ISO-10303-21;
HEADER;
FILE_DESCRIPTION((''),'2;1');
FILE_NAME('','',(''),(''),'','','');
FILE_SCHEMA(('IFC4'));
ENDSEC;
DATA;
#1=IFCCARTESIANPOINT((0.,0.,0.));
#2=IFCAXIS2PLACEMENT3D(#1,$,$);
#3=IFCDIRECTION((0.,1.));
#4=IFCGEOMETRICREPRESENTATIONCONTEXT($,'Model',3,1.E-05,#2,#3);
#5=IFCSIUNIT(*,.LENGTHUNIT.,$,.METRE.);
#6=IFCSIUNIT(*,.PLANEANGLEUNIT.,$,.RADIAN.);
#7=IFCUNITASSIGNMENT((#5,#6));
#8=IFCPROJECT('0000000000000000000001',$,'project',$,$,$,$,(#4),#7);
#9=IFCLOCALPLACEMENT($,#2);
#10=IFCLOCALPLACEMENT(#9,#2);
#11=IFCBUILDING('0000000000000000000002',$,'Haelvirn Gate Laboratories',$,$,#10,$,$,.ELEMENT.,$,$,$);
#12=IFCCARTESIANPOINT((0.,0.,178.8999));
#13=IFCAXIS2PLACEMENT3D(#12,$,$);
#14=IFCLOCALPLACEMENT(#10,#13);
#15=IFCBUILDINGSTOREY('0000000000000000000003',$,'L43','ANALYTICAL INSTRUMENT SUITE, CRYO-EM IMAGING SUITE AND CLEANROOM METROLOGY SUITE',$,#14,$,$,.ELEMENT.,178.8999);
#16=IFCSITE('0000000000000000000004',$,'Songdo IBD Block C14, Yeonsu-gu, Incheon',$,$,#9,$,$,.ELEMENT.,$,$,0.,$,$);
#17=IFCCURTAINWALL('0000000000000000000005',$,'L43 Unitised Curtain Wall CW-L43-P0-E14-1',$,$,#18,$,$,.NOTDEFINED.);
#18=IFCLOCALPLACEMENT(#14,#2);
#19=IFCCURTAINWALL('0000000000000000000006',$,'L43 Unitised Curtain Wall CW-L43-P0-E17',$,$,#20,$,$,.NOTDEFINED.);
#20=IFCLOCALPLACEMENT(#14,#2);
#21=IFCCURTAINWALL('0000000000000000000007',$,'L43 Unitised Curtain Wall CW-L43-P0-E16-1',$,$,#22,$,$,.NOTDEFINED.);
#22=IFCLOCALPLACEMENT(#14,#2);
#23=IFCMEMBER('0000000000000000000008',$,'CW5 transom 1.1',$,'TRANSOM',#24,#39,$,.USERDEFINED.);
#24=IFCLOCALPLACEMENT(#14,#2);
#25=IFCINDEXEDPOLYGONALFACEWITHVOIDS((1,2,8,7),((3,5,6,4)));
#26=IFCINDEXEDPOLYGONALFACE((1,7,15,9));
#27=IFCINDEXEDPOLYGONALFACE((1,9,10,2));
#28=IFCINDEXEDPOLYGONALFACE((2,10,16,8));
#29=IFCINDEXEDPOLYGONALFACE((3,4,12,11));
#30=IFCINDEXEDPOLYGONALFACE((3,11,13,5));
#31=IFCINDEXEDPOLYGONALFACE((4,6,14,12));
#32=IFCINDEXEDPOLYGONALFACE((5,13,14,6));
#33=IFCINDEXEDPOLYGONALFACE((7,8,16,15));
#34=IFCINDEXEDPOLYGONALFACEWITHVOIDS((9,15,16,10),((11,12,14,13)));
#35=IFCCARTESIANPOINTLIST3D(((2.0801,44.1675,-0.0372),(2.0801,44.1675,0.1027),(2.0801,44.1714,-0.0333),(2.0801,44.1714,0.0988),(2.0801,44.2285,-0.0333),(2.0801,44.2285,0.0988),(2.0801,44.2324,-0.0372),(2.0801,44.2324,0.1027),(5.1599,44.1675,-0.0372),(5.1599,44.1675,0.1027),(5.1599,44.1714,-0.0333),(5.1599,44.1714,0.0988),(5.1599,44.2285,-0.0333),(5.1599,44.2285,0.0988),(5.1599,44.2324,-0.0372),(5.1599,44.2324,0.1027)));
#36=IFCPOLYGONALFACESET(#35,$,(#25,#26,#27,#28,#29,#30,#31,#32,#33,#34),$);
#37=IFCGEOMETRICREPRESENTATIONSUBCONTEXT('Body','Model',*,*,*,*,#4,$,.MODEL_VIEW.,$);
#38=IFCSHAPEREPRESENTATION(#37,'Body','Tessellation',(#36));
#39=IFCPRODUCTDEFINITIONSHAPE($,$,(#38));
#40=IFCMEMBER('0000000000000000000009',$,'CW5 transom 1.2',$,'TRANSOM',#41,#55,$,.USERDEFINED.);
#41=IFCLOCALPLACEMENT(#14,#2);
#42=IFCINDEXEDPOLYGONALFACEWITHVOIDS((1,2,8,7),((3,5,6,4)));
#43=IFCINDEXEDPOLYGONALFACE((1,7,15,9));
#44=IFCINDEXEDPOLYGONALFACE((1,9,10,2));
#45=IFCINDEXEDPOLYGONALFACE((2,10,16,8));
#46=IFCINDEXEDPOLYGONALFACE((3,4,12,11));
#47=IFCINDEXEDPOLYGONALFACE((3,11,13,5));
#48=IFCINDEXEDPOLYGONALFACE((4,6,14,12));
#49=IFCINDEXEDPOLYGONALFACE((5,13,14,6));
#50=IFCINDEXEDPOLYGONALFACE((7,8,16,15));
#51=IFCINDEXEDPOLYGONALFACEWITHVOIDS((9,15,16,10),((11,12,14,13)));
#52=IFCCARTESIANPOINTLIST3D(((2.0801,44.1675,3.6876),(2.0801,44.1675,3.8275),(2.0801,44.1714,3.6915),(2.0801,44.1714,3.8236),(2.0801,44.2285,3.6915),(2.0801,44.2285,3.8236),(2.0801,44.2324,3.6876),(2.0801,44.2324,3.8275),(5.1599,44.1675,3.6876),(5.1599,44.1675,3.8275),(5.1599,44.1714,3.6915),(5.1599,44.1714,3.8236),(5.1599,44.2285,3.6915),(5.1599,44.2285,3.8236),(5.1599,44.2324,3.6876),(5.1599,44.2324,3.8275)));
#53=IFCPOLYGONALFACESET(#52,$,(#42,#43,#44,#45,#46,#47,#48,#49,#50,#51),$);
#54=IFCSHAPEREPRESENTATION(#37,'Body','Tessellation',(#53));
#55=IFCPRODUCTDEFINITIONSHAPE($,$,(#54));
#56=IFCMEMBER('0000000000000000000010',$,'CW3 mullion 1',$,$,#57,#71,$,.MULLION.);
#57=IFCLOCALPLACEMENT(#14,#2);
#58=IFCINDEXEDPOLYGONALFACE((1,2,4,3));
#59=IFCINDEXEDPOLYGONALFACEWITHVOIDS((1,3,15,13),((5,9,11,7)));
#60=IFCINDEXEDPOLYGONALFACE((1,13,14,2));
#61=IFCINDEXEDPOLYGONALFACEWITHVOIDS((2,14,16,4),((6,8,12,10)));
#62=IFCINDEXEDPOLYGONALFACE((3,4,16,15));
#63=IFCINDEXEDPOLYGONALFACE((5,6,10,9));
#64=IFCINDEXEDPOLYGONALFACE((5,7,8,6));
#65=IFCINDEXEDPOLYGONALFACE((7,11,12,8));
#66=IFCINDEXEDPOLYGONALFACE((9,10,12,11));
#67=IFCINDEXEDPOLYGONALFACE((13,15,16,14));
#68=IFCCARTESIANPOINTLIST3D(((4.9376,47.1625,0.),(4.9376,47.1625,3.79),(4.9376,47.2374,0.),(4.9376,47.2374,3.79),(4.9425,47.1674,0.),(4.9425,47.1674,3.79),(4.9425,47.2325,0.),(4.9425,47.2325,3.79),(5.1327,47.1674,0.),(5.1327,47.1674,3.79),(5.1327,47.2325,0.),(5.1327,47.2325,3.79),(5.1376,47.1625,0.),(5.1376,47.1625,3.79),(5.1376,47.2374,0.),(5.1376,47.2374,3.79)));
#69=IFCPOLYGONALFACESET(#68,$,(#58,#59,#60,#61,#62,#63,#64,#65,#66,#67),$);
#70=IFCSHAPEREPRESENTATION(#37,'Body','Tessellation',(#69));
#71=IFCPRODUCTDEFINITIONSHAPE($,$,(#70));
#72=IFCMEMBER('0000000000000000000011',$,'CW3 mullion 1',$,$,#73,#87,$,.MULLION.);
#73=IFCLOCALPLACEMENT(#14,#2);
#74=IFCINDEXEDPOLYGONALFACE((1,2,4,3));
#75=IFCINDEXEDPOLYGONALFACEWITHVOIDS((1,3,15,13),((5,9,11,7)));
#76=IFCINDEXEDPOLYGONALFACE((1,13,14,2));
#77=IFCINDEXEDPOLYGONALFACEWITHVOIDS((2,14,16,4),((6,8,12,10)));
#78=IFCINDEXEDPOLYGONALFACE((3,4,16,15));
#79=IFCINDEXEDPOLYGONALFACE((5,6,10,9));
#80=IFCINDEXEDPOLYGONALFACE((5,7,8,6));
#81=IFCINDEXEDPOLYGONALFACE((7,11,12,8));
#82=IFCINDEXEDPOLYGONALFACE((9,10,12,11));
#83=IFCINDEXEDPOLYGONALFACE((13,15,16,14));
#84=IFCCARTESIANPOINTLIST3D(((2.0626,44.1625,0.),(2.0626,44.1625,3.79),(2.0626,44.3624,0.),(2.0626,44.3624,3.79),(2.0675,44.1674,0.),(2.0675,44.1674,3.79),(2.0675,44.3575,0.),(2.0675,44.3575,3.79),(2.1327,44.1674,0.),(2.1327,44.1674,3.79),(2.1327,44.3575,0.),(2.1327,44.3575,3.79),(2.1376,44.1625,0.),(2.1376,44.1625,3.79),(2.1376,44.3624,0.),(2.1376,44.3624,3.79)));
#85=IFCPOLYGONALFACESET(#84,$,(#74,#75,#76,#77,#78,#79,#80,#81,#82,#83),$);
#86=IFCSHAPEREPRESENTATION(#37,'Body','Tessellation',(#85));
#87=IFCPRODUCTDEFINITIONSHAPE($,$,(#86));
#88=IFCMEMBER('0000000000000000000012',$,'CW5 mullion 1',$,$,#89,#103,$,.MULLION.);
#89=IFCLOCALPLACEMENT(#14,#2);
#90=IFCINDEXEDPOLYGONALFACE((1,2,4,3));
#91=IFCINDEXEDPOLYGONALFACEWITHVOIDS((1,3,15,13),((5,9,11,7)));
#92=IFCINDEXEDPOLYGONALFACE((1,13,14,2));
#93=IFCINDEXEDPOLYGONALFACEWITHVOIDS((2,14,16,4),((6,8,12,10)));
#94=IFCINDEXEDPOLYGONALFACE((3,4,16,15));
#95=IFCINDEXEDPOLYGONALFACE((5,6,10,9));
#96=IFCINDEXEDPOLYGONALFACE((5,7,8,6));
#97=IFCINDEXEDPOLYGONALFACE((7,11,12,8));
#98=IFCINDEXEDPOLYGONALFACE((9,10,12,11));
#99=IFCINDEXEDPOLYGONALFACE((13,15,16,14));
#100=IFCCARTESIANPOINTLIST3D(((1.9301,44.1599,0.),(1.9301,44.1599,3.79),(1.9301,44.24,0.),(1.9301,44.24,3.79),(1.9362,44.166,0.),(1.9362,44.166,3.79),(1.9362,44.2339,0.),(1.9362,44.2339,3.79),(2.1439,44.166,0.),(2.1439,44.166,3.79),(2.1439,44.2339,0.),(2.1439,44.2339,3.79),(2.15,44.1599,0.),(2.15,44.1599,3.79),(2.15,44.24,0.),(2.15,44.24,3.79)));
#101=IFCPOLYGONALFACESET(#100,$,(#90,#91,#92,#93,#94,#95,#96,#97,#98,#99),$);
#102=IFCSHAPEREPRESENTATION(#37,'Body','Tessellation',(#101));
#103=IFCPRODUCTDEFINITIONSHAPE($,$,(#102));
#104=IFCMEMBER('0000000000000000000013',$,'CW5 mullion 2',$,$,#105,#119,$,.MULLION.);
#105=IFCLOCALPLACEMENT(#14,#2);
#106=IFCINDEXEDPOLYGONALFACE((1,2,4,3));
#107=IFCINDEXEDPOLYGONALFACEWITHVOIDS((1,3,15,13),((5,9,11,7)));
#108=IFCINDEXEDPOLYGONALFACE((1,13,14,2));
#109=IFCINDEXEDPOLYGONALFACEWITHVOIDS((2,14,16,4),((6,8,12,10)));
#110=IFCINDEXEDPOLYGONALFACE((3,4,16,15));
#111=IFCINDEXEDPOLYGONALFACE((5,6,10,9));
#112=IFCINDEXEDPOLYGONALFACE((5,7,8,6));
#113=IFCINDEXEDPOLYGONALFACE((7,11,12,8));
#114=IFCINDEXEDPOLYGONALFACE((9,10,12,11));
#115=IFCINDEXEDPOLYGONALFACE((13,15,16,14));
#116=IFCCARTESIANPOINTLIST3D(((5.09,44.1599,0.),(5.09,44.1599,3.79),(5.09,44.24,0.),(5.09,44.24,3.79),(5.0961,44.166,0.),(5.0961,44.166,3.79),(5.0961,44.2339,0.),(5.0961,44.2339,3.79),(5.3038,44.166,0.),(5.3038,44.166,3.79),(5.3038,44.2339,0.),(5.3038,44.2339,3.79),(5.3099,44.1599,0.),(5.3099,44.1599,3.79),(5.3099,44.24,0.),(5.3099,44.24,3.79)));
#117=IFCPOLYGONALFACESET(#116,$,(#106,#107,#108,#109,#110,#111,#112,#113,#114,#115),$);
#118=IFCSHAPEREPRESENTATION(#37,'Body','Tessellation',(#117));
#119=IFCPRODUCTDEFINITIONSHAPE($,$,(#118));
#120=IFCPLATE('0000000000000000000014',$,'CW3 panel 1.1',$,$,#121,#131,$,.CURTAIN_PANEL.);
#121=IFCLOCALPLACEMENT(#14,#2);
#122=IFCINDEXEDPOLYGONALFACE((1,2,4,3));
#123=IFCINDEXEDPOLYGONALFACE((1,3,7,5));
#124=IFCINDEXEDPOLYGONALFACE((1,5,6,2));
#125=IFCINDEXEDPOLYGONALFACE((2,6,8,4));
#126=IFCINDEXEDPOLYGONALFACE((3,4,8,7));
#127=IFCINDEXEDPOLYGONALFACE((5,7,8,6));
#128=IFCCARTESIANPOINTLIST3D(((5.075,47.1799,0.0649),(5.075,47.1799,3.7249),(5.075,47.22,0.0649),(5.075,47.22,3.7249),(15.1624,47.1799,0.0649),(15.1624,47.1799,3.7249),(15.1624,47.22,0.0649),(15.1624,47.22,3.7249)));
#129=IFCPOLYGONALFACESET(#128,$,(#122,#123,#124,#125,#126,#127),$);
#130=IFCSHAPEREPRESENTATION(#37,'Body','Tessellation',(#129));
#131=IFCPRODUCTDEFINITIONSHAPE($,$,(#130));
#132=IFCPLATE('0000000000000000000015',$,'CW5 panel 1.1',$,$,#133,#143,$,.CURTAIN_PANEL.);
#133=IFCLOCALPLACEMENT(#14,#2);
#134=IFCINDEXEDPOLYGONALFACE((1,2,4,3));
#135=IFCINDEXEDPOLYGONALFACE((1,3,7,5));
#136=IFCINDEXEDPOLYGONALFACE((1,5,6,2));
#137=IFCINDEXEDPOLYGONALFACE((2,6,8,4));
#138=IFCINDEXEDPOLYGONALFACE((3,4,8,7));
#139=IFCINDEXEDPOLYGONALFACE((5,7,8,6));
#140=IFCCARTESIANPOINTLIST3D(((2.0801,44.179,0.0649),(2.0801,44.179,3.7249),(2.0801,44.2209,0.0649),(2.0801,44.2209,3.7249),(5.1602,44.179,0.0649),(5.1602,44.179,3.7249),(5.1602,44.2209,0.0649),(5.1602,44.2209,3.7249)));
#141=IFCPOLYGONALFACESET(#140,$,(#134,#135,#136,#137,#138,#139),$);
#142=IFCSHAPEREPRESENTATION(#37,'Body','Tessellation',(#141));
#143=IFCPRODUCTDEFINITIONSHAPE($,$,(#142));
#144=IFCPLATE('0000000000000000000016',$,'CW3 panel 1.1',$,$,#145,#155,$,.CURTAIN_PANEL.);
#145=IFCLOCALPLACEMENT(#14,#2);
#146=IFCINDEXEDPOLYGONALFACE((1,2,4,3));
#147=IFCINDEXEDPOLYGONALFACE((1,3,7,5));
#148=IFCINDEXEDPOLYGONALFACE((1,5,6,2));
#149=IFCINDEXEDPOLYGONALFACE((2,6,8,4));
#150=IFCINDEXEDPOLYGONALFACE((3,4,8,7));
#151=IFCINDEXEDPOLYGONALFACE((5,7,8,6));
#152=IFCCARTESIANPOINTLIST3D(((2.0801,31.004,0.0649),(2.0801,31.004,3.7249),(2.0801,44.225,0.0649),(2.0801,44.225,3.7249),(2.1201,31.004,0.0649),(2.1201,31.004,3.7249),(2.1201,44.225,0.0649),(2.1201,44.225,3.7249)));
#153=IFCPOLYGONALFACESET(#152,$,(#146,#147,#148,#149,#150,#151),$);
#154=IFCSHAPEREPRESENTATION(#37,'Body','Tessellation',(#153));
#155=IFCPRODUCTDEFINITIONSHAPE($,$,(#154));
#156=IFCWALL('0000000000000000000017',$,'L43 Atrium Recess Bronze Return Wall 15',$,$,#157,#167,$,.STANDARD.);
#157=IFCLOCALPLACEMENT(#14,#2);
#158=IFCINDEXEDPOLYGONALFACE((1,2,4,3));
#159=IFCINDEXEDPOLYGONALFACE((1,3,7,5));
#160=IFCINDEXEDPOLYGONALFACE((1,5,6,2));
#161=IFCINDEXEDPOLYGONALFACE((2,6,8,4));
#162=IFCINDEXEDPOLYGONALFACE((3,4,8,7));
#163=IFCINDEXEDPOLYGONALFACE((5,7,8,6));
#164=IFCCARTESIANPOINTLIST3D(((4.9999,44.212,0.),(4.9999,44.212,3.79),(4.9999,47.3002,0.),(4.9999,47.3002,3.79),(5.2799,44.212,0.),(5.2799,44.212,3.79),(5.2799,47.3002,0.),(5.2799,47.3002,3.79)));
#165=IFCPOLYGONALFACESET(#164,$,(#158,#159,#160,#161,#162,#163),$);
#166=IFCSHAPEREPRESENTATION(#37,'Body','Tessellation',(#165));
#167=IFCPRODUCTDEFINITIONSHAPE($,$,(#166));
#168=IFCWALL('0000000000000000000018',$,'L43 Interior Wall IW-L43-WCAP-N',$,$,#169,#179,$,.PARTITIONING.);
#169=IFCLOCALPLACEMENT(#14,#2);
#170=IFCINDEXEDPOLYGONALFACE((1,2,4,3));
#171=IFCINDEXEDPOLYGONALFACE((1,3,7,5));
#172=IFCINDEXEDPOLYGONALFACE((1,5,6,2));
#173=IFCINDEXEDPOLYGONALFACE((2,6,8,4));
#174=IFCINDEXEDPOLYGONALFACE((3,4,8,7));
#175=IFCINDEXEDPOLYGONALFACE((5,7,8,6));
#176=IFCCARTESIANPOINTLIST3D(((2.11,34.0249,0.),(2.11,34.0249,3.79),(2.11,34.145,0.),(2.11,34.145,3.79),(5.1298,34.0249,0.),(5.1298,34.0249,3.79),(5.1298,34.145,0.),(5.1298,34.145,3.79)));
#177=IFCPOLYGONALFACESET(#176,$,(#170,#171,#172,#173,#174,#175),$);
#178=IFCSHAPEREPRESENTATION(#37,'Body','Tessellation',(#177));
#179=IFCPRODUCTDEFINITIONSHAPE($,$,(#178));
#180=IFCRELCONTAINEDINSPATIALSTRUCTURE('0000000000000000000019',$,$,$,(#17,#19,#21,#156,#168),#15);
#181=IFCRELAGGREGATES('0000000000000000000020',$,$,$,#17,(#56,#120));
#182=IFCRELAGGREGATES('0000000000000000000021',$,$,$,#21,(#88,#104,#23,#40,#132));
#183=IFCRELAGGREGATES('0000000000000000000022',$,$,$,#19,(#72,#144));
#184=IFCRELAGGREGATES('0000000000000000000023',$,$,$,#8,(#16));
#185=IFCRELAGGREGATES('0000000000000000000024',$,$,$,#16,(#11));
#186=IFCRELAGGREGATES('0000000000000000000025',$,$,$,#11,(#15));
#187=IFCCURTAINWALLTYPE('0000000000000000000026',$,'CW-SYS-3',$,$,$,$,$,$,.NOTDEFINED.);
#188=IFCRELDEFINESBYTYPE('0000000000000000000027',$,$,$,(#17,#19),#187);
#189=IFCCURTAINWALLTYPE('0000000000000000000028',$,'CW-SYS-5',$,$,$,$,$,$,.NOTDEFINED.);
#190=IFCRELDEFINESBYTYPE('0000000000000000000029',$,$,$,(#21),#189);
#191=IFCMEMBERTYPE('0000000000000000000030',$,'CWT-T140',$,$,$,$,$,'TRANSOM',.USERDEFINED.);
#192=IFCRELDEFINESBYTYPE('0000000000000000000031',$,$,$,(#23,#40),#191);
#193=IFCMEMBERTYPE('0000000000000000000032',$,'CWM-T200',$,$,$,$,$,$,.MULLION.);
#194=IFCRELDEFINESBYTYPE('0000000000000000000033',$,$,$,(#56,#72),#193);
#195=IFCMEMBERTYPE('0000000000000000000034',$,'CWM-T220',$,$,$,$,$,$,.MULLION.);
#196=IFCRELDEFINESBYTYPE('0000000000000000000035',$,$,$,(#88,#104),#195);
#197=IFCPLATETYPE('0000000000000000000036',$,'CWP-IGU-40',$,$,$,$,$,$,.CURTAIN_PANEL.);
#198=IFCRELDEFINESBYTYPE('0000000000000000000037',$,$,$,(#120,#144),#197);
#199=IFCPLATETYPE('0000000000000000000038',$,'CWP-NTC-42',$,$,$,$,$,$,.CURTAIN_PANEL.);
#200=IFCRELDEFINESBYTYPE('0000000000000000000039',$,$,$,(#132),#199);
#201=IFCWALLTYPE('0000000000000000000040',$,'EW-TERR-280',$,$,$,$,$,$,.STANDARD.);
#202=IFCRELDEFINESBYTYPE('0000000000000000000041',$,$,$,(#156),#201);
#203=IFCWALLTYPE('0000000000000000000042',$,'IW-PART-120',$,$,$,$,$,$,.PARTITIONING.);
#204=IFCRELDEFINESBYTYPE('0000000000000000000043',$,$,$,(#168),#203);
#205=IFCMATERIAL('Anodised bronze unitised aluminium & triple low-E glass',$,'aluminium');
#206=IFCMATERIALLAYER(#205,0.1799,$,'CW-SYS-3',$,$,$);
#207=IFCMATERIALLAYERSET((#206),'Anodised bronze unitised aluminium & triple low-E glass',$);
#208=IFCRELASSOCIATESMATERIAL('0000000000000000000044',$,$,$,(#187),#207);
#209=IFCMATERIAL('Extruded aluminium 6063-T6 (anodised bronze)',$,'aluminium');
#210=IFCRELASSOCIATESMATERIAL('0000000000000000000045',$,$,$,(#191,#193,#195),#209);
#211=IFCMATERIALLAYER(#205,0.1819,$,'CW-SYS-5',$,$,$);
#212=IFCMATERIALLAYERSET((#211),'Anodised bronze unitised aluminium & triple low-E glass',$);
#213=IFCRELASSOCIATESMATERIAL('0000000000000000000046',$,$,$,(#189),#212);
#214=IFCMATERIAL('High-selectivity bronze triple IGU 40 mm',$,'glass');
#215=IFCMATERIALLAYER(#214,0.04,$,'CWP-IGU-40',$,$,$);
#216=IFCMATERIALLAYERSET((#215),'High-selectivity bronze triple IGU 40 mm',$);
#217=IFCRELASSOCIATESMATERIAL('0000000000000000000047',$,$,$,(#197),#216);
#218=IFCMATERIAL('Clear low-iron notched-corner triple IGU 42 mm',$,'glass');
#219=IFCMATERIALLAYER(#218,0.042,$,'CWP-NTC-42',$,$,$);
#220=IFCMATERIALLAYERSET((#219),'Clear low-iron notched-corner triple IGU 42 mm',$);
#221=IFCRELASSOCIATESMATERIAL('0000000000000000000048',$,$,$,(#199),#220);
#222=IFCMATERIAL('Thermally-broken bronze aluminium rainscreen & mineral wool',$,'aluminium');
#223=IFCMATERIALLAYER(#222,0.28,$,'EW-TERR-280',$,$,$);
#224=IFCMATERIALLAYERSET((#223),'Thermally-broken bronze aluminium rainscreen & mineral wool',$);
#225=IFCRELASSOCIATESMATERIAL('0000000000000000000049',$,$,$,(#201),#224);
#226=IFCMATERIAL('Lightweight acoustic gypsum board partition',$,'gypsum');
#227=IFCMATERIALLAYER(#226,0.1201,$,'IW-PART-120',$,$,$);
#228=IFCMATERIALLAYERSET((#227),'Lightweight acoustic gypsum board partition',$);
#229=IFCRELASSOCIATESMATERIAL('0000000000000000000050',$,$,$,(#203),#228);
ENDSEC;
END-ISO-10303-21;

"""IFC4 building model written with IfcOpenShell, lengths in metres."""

from ifc_helpers import new_model, si_unit, direction, frame, frame_2d, origin, origin_2d, place, context, subcontext, project, spatial, rectangle, hollow_rectangle, extrude, source, transform, mapped, material, layer, layer_set, material_profile, profile_set, type_object, type_shapes, element, aggregate, save


model = new_model("IFC4")

# Units and contexts
model_context = context("Model", 3, precision=1e-05, world=origin(), true_north=direction((0.0, 1.0)))
body_context = subcontext(model_context, "Body", "Model", "MODEL_VIEW")
ifc_project = project(units=[si_unit("LENGTHUNIT", "METRE"), si_unit("PLANEANGLEUNIT", "RADIAN")], contexts=[model_context])

# Site, building, storey
site_placement = place(None, origin())
site = spatial("IfcSite", under=ifc_project, at=site_placement, Name="Songdo IBD Block C14, Yeonsu-gu, Incheon", CompositionType="ELEMENT", RefElevation=0.0)
building_placement = place(site_placement, origin())
building = spatial("IfcBuilding", under=site, at=building_placement, Name="Haelvirn Gate Laboratories", CompositionType="ELEMENT")
storey_placement = place(building_placement, frame((0.0, 0.0, 178.8999)))
storey = spatial("IfcBuildingStorey", under=building, at=storey_placement, Name="L43", Description="ANALYTICAL INSTRUMENT SUITE, CRYO-EM IMAGING SUITE AND CLEANROOM METROLOGY SUITE", CompositionType="ELEMENT", Elevation=178.8999)

# Curtain walls, members
ifc_material_1 = material(Name="Anodised bronze unitised aluminium & triple low-E glass", Category="aluminium")
ifc_layer_1 = layer(ifc_material_1, 0.1799, Name="CW-SYS-3")
ifc_layer_set_1 = layer_set([ifc_layer_1], Name="Anodised bronze unitised aluminium & triple low-E glass")
curtain_wall_type_1 = type_object("IfcCurtainWallType", Name="CW-SYS-3", PredefinedType="NOTDEFINED", material=ifc_layer_set_1)
curtain_wall_1_placement = place(storey_placement, origin())
curtain_wall_1 = element("IfcCurtainWall", 1, at=curtain_wall_1_placement, inside=storey, type_object=curtain_wall_type_1, Name="L43 Unitised Curtain Wall CW-L43-P0-E14-1", PredefinedType="NOTDEFINED")
ifc_material_2 = material(Name="Extruded aluminium 6063-T6 (anodised bronze)", Category="aluminium")
ifc_material_profile_1 = material_profile(ifc_material_2, hollow_rectangle(XDim=0.0649, YDim=0.1399, WallThickness=0.0039, at=origin_2d()), Name="CWT-140x65x4")
ifc_profile_set_1 = profile_set([ifc_material_profile_1], Name="Extruded aluminium 6063-T6 (anodised bronze)")
member_type_1 = type_object("IfcMemberType", Name="CWT-T140", ElementType="TRANSOM", PredefinedType="USERDEFINED", material=ifc_profile_set_1)
curtain_wall_2_placement = place(storey_placement, origin())
curtain_wall_2 = element("IfcCurtainWall", 2, at=curtain_wall_2_placement, inside=storey, type_object=curtain_wall_type_1, Name="L43 Unitised Curtain Wall CW-L43-P0-E17", PredefinedType="NOTDEFINED")
ifc_layer_2 = layer(ifc_material_1, 0.1819, Name="CW-SYS-5")
ifc_layer_set_2 = layer_set([ifc_layer_2], Name="Anodised bronze unitised aluminium & triple low-E glass")
curtain_wall_type_2 = type_object("IfcCurtainWallType", Name="CW-SYS-5", PredefinedType="NOTDEFINED", material=ifc_layer_set_2)
curtain_wall_3_placement = place(storey_placement, origin())
curtain_wall_3 = element("IfcCurtainWall", 3, at=curtain_wall_3_placement, inside=storey, type_object=curtain_wall_type_2, Name="L43 Unitised Curtain Wall CW-L43-P0-E16-1", PredefinedType="NOTDEFINED")
shared_shape_1 = source(origin(), body_context, "Body", "SweptSolid", [
    extrude(hollow_rectangle(XDim=0.0649, YDim=0.1399, WallThickness=0.0039, at=origin_2d()), origin(), (0.0, 0.0, 1.0), 3.0798),
])
member_1_placement = place(storey_placement, frame((2.0801, 44.2, 0.0327), z_axis=(1.0, 0.0, 0.0), x_axis=(0.0, 1.0, 0.0)))
member_1 = element("IfcMember", 4, at=member_1_placement, type_object=member_type_1, Name="CW5 transom 1.1", ObjectType="TRANSOM", PredefinedType="USERDEFINED", context=body_context, shape_type="MappedRepresentation", body=[
    mapped(shared_shape_1, transform((0.0, 0.0, 0.0), scale=1.0)),
])
member_2_placement = place(storey_placement, frame((2.0801, 44.2, 3.7576), z_axis=(1.0, 0.0, 0.0), x_axis=(0.0, 1.0, 0.0)))
member_2 = element("IfcMember", 5, at=member_2_placement, type_object=member_type_1, Name="CW5 transom 1.2", ObjectType="TRANSOM", PredefinedType="USERDEFINED", context=body_context, shape_type="MappedRepresentation", body=[
    mapped(shared_shape_1, transform((0.0, 0.0, 0.0), scale=1.0)),
])

# Members
ifc_material_profile_2 = material_profile(ifc_material_2, hollow_rectangle(XDim=0.075, YDim=0.2, WallThickness=0.0049, at=origin_2d()), Name="CWM-200x75x5")
ifc_profile_set_2 = profile_set([ifc_material_profile_2], Name="Extruded aluminium 6063-T6 (anodised bronze)")
member_type_2 = type_object("IfcMemberType", Name="CWM-T200", PredefinedType="MULLION", material=ifc_profile_set_2)
shared_shape_2 = source(origin(), body_context, "Body", "SweptSolid", [
    extrude(hollow_rectangle(XDim=0.075, YDim=0.2, WallThickness=0.0049, at=origin_2d()), origin(), (0.0, 0.0, 1.0), 3.79),
])
type_shapes(member_type_2, [shared_shape_2])
member_3_placement = place(storey_placement, frame((5.0376, 47.2, 0.0), z_axis=(0.0, 0.0, 1.0), x_axis=(0.0, 1.0, 0.0)))
member_3 = element("IfcMember", 6, at=member_3_placement, type_object=member_type_2, Name="CW3 mullion 1", PredefinedType="MULLION", context=body_context, shape_type="MappedRepresentation", body=[
    mapped(shared_shape_2, transform((0.0, 0.0, 0.0), scale=1.0)),
])
member_4_placement = place(storey_placement, frame((2.1001, 44.2625, 0.0), z_axis=(0.0, 0.0, 1.0), x_axis=(1.0, 0.0, 0.0)))
member_4 = element("IfcMember", 7, at=member_4_placement, type_object=member_type_2, Name="CW3 mullion 1", PredefinedType="MULLION", context=body_context, shape_type="MappedRepresentation", body=[
    mapped(shared_shape_2, transform((0.0, 0.0, 0.0), scale=1.0)),
])
ifc_material_profile_3 = material_profile(ifc_material_2, hollow_rectangle(XDim=0.0801, YDim=0.22, WallThickness=0.0061, at=origin_2d()), Name="CWM-220x80x6")
ifc_profile_set_3 = profile_set([ifc_material_profile_3], Name="Extruded aluminium 6063-T6 (anodised bronze)")
member_type_3 = type_object("IfcMemberType", Name="CWM-T220", PredefinedType="MULLION", material=ifc_profile_set_3)
shared_shape_3 = source(origin(), body_context, "Body", "SweptSolid", [
    extrude(hollow_rectangle(XDim=0.0801, YDim=0.22, WallThickness=0.0061, at=origin_2d()), origin(), (0.0, 0.0, 1.0), 3.79),
])
type_shapes(member_type_3, [shared_shape_3])
member_5_placement = place(storey_placement, frame((2.04, 44.2, 0.0), z_axis=(0.0, 0.0, 1.0), x_axis=(0.0, 1.0, 0.0)))
member_5 = element("IfcMember", 8, at=member_5_placement, type_object=member_type_3, Name="CW5 mullion 1", PredefinedType="MULLION", context=body_context, shape_type="MappedRepresentation", body=[
    mapped(shared_shape_3, transform((0.0, 0.0, 0.0), scale=1.0)),
])
member_6_placement = place(storey_placement, frame((5.2, 44.2, 0.0), z_axis=(0.0, 0.0, 1.0), x_axis=(0.0, 1.0, 0.0)))
member_6 = element("IfcMember", 9, at=member_6_placement, type_object=member_type_3, Name="CW5 mullion 2", PredefinedType="MULLION", context=body_context, shape_type="MappedRepresentation", body=[
    mapped(shared_shape_3, transform((0.0, 0.0, 0.0), scale=1.0)),
])

# Plates
ifc_material_3 = material(Name="High-selectivity bronze triple IGU 40 mm", Category="glass")
ifc_layer_3 = layer(ifc_material_3, 0.04, Name="CWP-IGU-40")
ifc_layer_set_3 = layer_set([ifc_layer_3], Name="High-selectivity bronze triple IGU 40 mm")
plate_type_1 = type_object("IfcPlateType", Name="CWP-IGU-40", PredefinedType="CURTAIN_PANEL", material=ifc_layer_set_3)
shared_shape_4 = source(origin(), body_context, "Body", "SweptSolid", [
    extrude(rectangle(XDim=10.0874, YDim=0.04, at=origin_2d()), origin(), (0.0, 0.0, 1.0), 3.6599),
])
plate_1_placement = place(storey_placement, frame((10.1187, 47.2, 0.0649), z_axis=(0.0, 0.0, 1.0), x_axis=(1.0, 0.0, 0.0)))
plate_1 = element("IfcPlate", 10, at=plate_1_placement, type_object=plate_type_1, Name="CW3 panel 1.1", PredefinedType="CURTAIN_PANEL", context=body_context, shape_type="MappedRepresentation", body=[
    mapped(shared_shape_4, transform((0.0, 0.0, 0.0), scale=1.0)),
])
aggregate(curtain_wall_1, [member_3, plate_1])
ifc_material_4 = material(Name="Clear low-iron notched-corner triple IGU 42 mm", Category="glass")
ifc_layer_4 = layer(ifc_material_4, 0.042, Name="CWP-NTC-42")
ifc_layer_set_4 = layer_set([ifc_layer_4], Name="Clear low-iron notched-corner triple IGU 42 mm")
plate_type_2 = type_object("IfcPlateType", Name="CWP-NTC-42", PredefinedType="CURTAIN_PANEL", material=ifc_layer_set_4)
shared_shape_5 = source(origin(), body_context, "Body", "SweptSolid", [
    extrude(rectangle(XDim=3.0801, YDim=0.042, at=origin_2d()), origin(), (0.0, 0.0, 1.0), 3.6599),
])
type_shapes(plate_type_2, [shared_shape_5])
plate_2_placement = place(storey_placement, frame((3.6201, 44.2, 0.0649), z_axis=(0.0, 0.0, 1.0), x_axis=(1.0, 0.0, 0.0)))
plate_2 = element("IfcPlate", 11, at=plate_2_placement, type_object=plate_type_2, Name="CW5 panel 1.1", PredefinedType="CURTAIN_PANEL", context=body_context, shape_type="MappedRepresentation", body=[
    mapped(shared_shape_5, transform((0.0, 0.0, 0.0), scale=1.0)),
])
aggregate(curtain_wall_3, [member_5, member_6, member_1, member_2, plate_2])
shared_shape_6 = source(origin(), body_context, "Body", "SweptSolid", [
    extrude(rectangle(XDim=13.2209, YDim=0.04, at=origin_2d()), origin(), (0.0, 0.0, 1.0), 3.6599),
])
type_shapes(plate_type_1, [shared_shape_4, shared_shape_6])
plate_3_placement = place(storey_placement, frame((2.1001, 37.6145, 0.0649), z_axis=(0.0, 0.0, 1.0), x_axis=(0.0, -1.0, 0.0)))
plate_3 = element("IfcPlate", 12, at=plate_3_placement, type_object=plate_type_1, Name="CW3 panel 1.1", PredefinedType="CURTAIN_PANEL", context=body_context, shape_type="MappedRepresentation", body=[
    mapped(shared_shape_6, transform((0.0, 0.0, 0.0), scale=1.0)),
])
aggregate(curtain_wall_2, [member_4, plate_3])

# Walls
ifc_material_5 = material(Name="Thermally-broken bronze aluminium rainscreen & mineral wool", Category="aluminium")
ifc_layer_5 = layer(ifc_material_5, 0.28, Name="EW-TERR-280")
ifc_layer_set_5 = layer_set([ifc_layer_5], Name="Thermally-broken bronze aluminium rainscreen & mineral wool")
wall_type_1 = type_object("IfcWallType", Name="EW-TERR-280", PredefinedType="STANDARD", material=ifc_layer_set_5)
wall_1_placement = place(storey_placement, frame((5.1399, 47.3, 0.0), z_axis=(0.0, 0.0, 1.0), x_axis=(0.0, -1.0, 0.0)))
element("IfcWall", 13, at=wall_1_placement, inside=storey, type_object=wall_type_1, Name="L43 Atrium Recess Bronze Return Wall 15", PredefinedType="STANDARD", context=body_context, shape_type="SweptSolid", body=[
    extrude(rectangle(XDim=3.0881, YDim=0.28, at=frame_2d((1.5439, 0.0))), origin(), (0.0, 0.0, 1.0), 3.79),
])
ifc_material_6 = material(Name="Lightweight acoustic gypsum board partition", Category="gypsum")
ifc_layer_6 = layer(ifc_material_6, 0.1201, Name="IW-PART-120")
ifc_layer_set_6 = layer_set([ifc_layer_6], Name="Lightweight acoustic gypsum board partition")
wall_type_2 = type_object("IfcWallType", Name="IW-PART-120", PredefinedType="PARTITIONING", material=ifc_layer_set_6)
wall_2_placement = place(storey_placement, frame((2.1101, 34.085, 0.0), z_axis=(0.0, 0.0, 1.0), x_axis=(1.0, 0.0, 0.0)))
element("IfcWall", 14, at=wall_2_placement, inside=storey, type_object=wall_type_2, Name="L43 Interior Wall IW-L43-WCAP-N", PredefinedType="PARTITIONING", context=body_context, shape_type="SweptSolid", body=[
    extrude(rectangle(XDim=3.0198, YDim=0.1201, at=frame_2d((1.5098, 0.0))), origin(), (0.0, 0.0, 1.0), 3.79),
])

save(model, "model.ifc")
